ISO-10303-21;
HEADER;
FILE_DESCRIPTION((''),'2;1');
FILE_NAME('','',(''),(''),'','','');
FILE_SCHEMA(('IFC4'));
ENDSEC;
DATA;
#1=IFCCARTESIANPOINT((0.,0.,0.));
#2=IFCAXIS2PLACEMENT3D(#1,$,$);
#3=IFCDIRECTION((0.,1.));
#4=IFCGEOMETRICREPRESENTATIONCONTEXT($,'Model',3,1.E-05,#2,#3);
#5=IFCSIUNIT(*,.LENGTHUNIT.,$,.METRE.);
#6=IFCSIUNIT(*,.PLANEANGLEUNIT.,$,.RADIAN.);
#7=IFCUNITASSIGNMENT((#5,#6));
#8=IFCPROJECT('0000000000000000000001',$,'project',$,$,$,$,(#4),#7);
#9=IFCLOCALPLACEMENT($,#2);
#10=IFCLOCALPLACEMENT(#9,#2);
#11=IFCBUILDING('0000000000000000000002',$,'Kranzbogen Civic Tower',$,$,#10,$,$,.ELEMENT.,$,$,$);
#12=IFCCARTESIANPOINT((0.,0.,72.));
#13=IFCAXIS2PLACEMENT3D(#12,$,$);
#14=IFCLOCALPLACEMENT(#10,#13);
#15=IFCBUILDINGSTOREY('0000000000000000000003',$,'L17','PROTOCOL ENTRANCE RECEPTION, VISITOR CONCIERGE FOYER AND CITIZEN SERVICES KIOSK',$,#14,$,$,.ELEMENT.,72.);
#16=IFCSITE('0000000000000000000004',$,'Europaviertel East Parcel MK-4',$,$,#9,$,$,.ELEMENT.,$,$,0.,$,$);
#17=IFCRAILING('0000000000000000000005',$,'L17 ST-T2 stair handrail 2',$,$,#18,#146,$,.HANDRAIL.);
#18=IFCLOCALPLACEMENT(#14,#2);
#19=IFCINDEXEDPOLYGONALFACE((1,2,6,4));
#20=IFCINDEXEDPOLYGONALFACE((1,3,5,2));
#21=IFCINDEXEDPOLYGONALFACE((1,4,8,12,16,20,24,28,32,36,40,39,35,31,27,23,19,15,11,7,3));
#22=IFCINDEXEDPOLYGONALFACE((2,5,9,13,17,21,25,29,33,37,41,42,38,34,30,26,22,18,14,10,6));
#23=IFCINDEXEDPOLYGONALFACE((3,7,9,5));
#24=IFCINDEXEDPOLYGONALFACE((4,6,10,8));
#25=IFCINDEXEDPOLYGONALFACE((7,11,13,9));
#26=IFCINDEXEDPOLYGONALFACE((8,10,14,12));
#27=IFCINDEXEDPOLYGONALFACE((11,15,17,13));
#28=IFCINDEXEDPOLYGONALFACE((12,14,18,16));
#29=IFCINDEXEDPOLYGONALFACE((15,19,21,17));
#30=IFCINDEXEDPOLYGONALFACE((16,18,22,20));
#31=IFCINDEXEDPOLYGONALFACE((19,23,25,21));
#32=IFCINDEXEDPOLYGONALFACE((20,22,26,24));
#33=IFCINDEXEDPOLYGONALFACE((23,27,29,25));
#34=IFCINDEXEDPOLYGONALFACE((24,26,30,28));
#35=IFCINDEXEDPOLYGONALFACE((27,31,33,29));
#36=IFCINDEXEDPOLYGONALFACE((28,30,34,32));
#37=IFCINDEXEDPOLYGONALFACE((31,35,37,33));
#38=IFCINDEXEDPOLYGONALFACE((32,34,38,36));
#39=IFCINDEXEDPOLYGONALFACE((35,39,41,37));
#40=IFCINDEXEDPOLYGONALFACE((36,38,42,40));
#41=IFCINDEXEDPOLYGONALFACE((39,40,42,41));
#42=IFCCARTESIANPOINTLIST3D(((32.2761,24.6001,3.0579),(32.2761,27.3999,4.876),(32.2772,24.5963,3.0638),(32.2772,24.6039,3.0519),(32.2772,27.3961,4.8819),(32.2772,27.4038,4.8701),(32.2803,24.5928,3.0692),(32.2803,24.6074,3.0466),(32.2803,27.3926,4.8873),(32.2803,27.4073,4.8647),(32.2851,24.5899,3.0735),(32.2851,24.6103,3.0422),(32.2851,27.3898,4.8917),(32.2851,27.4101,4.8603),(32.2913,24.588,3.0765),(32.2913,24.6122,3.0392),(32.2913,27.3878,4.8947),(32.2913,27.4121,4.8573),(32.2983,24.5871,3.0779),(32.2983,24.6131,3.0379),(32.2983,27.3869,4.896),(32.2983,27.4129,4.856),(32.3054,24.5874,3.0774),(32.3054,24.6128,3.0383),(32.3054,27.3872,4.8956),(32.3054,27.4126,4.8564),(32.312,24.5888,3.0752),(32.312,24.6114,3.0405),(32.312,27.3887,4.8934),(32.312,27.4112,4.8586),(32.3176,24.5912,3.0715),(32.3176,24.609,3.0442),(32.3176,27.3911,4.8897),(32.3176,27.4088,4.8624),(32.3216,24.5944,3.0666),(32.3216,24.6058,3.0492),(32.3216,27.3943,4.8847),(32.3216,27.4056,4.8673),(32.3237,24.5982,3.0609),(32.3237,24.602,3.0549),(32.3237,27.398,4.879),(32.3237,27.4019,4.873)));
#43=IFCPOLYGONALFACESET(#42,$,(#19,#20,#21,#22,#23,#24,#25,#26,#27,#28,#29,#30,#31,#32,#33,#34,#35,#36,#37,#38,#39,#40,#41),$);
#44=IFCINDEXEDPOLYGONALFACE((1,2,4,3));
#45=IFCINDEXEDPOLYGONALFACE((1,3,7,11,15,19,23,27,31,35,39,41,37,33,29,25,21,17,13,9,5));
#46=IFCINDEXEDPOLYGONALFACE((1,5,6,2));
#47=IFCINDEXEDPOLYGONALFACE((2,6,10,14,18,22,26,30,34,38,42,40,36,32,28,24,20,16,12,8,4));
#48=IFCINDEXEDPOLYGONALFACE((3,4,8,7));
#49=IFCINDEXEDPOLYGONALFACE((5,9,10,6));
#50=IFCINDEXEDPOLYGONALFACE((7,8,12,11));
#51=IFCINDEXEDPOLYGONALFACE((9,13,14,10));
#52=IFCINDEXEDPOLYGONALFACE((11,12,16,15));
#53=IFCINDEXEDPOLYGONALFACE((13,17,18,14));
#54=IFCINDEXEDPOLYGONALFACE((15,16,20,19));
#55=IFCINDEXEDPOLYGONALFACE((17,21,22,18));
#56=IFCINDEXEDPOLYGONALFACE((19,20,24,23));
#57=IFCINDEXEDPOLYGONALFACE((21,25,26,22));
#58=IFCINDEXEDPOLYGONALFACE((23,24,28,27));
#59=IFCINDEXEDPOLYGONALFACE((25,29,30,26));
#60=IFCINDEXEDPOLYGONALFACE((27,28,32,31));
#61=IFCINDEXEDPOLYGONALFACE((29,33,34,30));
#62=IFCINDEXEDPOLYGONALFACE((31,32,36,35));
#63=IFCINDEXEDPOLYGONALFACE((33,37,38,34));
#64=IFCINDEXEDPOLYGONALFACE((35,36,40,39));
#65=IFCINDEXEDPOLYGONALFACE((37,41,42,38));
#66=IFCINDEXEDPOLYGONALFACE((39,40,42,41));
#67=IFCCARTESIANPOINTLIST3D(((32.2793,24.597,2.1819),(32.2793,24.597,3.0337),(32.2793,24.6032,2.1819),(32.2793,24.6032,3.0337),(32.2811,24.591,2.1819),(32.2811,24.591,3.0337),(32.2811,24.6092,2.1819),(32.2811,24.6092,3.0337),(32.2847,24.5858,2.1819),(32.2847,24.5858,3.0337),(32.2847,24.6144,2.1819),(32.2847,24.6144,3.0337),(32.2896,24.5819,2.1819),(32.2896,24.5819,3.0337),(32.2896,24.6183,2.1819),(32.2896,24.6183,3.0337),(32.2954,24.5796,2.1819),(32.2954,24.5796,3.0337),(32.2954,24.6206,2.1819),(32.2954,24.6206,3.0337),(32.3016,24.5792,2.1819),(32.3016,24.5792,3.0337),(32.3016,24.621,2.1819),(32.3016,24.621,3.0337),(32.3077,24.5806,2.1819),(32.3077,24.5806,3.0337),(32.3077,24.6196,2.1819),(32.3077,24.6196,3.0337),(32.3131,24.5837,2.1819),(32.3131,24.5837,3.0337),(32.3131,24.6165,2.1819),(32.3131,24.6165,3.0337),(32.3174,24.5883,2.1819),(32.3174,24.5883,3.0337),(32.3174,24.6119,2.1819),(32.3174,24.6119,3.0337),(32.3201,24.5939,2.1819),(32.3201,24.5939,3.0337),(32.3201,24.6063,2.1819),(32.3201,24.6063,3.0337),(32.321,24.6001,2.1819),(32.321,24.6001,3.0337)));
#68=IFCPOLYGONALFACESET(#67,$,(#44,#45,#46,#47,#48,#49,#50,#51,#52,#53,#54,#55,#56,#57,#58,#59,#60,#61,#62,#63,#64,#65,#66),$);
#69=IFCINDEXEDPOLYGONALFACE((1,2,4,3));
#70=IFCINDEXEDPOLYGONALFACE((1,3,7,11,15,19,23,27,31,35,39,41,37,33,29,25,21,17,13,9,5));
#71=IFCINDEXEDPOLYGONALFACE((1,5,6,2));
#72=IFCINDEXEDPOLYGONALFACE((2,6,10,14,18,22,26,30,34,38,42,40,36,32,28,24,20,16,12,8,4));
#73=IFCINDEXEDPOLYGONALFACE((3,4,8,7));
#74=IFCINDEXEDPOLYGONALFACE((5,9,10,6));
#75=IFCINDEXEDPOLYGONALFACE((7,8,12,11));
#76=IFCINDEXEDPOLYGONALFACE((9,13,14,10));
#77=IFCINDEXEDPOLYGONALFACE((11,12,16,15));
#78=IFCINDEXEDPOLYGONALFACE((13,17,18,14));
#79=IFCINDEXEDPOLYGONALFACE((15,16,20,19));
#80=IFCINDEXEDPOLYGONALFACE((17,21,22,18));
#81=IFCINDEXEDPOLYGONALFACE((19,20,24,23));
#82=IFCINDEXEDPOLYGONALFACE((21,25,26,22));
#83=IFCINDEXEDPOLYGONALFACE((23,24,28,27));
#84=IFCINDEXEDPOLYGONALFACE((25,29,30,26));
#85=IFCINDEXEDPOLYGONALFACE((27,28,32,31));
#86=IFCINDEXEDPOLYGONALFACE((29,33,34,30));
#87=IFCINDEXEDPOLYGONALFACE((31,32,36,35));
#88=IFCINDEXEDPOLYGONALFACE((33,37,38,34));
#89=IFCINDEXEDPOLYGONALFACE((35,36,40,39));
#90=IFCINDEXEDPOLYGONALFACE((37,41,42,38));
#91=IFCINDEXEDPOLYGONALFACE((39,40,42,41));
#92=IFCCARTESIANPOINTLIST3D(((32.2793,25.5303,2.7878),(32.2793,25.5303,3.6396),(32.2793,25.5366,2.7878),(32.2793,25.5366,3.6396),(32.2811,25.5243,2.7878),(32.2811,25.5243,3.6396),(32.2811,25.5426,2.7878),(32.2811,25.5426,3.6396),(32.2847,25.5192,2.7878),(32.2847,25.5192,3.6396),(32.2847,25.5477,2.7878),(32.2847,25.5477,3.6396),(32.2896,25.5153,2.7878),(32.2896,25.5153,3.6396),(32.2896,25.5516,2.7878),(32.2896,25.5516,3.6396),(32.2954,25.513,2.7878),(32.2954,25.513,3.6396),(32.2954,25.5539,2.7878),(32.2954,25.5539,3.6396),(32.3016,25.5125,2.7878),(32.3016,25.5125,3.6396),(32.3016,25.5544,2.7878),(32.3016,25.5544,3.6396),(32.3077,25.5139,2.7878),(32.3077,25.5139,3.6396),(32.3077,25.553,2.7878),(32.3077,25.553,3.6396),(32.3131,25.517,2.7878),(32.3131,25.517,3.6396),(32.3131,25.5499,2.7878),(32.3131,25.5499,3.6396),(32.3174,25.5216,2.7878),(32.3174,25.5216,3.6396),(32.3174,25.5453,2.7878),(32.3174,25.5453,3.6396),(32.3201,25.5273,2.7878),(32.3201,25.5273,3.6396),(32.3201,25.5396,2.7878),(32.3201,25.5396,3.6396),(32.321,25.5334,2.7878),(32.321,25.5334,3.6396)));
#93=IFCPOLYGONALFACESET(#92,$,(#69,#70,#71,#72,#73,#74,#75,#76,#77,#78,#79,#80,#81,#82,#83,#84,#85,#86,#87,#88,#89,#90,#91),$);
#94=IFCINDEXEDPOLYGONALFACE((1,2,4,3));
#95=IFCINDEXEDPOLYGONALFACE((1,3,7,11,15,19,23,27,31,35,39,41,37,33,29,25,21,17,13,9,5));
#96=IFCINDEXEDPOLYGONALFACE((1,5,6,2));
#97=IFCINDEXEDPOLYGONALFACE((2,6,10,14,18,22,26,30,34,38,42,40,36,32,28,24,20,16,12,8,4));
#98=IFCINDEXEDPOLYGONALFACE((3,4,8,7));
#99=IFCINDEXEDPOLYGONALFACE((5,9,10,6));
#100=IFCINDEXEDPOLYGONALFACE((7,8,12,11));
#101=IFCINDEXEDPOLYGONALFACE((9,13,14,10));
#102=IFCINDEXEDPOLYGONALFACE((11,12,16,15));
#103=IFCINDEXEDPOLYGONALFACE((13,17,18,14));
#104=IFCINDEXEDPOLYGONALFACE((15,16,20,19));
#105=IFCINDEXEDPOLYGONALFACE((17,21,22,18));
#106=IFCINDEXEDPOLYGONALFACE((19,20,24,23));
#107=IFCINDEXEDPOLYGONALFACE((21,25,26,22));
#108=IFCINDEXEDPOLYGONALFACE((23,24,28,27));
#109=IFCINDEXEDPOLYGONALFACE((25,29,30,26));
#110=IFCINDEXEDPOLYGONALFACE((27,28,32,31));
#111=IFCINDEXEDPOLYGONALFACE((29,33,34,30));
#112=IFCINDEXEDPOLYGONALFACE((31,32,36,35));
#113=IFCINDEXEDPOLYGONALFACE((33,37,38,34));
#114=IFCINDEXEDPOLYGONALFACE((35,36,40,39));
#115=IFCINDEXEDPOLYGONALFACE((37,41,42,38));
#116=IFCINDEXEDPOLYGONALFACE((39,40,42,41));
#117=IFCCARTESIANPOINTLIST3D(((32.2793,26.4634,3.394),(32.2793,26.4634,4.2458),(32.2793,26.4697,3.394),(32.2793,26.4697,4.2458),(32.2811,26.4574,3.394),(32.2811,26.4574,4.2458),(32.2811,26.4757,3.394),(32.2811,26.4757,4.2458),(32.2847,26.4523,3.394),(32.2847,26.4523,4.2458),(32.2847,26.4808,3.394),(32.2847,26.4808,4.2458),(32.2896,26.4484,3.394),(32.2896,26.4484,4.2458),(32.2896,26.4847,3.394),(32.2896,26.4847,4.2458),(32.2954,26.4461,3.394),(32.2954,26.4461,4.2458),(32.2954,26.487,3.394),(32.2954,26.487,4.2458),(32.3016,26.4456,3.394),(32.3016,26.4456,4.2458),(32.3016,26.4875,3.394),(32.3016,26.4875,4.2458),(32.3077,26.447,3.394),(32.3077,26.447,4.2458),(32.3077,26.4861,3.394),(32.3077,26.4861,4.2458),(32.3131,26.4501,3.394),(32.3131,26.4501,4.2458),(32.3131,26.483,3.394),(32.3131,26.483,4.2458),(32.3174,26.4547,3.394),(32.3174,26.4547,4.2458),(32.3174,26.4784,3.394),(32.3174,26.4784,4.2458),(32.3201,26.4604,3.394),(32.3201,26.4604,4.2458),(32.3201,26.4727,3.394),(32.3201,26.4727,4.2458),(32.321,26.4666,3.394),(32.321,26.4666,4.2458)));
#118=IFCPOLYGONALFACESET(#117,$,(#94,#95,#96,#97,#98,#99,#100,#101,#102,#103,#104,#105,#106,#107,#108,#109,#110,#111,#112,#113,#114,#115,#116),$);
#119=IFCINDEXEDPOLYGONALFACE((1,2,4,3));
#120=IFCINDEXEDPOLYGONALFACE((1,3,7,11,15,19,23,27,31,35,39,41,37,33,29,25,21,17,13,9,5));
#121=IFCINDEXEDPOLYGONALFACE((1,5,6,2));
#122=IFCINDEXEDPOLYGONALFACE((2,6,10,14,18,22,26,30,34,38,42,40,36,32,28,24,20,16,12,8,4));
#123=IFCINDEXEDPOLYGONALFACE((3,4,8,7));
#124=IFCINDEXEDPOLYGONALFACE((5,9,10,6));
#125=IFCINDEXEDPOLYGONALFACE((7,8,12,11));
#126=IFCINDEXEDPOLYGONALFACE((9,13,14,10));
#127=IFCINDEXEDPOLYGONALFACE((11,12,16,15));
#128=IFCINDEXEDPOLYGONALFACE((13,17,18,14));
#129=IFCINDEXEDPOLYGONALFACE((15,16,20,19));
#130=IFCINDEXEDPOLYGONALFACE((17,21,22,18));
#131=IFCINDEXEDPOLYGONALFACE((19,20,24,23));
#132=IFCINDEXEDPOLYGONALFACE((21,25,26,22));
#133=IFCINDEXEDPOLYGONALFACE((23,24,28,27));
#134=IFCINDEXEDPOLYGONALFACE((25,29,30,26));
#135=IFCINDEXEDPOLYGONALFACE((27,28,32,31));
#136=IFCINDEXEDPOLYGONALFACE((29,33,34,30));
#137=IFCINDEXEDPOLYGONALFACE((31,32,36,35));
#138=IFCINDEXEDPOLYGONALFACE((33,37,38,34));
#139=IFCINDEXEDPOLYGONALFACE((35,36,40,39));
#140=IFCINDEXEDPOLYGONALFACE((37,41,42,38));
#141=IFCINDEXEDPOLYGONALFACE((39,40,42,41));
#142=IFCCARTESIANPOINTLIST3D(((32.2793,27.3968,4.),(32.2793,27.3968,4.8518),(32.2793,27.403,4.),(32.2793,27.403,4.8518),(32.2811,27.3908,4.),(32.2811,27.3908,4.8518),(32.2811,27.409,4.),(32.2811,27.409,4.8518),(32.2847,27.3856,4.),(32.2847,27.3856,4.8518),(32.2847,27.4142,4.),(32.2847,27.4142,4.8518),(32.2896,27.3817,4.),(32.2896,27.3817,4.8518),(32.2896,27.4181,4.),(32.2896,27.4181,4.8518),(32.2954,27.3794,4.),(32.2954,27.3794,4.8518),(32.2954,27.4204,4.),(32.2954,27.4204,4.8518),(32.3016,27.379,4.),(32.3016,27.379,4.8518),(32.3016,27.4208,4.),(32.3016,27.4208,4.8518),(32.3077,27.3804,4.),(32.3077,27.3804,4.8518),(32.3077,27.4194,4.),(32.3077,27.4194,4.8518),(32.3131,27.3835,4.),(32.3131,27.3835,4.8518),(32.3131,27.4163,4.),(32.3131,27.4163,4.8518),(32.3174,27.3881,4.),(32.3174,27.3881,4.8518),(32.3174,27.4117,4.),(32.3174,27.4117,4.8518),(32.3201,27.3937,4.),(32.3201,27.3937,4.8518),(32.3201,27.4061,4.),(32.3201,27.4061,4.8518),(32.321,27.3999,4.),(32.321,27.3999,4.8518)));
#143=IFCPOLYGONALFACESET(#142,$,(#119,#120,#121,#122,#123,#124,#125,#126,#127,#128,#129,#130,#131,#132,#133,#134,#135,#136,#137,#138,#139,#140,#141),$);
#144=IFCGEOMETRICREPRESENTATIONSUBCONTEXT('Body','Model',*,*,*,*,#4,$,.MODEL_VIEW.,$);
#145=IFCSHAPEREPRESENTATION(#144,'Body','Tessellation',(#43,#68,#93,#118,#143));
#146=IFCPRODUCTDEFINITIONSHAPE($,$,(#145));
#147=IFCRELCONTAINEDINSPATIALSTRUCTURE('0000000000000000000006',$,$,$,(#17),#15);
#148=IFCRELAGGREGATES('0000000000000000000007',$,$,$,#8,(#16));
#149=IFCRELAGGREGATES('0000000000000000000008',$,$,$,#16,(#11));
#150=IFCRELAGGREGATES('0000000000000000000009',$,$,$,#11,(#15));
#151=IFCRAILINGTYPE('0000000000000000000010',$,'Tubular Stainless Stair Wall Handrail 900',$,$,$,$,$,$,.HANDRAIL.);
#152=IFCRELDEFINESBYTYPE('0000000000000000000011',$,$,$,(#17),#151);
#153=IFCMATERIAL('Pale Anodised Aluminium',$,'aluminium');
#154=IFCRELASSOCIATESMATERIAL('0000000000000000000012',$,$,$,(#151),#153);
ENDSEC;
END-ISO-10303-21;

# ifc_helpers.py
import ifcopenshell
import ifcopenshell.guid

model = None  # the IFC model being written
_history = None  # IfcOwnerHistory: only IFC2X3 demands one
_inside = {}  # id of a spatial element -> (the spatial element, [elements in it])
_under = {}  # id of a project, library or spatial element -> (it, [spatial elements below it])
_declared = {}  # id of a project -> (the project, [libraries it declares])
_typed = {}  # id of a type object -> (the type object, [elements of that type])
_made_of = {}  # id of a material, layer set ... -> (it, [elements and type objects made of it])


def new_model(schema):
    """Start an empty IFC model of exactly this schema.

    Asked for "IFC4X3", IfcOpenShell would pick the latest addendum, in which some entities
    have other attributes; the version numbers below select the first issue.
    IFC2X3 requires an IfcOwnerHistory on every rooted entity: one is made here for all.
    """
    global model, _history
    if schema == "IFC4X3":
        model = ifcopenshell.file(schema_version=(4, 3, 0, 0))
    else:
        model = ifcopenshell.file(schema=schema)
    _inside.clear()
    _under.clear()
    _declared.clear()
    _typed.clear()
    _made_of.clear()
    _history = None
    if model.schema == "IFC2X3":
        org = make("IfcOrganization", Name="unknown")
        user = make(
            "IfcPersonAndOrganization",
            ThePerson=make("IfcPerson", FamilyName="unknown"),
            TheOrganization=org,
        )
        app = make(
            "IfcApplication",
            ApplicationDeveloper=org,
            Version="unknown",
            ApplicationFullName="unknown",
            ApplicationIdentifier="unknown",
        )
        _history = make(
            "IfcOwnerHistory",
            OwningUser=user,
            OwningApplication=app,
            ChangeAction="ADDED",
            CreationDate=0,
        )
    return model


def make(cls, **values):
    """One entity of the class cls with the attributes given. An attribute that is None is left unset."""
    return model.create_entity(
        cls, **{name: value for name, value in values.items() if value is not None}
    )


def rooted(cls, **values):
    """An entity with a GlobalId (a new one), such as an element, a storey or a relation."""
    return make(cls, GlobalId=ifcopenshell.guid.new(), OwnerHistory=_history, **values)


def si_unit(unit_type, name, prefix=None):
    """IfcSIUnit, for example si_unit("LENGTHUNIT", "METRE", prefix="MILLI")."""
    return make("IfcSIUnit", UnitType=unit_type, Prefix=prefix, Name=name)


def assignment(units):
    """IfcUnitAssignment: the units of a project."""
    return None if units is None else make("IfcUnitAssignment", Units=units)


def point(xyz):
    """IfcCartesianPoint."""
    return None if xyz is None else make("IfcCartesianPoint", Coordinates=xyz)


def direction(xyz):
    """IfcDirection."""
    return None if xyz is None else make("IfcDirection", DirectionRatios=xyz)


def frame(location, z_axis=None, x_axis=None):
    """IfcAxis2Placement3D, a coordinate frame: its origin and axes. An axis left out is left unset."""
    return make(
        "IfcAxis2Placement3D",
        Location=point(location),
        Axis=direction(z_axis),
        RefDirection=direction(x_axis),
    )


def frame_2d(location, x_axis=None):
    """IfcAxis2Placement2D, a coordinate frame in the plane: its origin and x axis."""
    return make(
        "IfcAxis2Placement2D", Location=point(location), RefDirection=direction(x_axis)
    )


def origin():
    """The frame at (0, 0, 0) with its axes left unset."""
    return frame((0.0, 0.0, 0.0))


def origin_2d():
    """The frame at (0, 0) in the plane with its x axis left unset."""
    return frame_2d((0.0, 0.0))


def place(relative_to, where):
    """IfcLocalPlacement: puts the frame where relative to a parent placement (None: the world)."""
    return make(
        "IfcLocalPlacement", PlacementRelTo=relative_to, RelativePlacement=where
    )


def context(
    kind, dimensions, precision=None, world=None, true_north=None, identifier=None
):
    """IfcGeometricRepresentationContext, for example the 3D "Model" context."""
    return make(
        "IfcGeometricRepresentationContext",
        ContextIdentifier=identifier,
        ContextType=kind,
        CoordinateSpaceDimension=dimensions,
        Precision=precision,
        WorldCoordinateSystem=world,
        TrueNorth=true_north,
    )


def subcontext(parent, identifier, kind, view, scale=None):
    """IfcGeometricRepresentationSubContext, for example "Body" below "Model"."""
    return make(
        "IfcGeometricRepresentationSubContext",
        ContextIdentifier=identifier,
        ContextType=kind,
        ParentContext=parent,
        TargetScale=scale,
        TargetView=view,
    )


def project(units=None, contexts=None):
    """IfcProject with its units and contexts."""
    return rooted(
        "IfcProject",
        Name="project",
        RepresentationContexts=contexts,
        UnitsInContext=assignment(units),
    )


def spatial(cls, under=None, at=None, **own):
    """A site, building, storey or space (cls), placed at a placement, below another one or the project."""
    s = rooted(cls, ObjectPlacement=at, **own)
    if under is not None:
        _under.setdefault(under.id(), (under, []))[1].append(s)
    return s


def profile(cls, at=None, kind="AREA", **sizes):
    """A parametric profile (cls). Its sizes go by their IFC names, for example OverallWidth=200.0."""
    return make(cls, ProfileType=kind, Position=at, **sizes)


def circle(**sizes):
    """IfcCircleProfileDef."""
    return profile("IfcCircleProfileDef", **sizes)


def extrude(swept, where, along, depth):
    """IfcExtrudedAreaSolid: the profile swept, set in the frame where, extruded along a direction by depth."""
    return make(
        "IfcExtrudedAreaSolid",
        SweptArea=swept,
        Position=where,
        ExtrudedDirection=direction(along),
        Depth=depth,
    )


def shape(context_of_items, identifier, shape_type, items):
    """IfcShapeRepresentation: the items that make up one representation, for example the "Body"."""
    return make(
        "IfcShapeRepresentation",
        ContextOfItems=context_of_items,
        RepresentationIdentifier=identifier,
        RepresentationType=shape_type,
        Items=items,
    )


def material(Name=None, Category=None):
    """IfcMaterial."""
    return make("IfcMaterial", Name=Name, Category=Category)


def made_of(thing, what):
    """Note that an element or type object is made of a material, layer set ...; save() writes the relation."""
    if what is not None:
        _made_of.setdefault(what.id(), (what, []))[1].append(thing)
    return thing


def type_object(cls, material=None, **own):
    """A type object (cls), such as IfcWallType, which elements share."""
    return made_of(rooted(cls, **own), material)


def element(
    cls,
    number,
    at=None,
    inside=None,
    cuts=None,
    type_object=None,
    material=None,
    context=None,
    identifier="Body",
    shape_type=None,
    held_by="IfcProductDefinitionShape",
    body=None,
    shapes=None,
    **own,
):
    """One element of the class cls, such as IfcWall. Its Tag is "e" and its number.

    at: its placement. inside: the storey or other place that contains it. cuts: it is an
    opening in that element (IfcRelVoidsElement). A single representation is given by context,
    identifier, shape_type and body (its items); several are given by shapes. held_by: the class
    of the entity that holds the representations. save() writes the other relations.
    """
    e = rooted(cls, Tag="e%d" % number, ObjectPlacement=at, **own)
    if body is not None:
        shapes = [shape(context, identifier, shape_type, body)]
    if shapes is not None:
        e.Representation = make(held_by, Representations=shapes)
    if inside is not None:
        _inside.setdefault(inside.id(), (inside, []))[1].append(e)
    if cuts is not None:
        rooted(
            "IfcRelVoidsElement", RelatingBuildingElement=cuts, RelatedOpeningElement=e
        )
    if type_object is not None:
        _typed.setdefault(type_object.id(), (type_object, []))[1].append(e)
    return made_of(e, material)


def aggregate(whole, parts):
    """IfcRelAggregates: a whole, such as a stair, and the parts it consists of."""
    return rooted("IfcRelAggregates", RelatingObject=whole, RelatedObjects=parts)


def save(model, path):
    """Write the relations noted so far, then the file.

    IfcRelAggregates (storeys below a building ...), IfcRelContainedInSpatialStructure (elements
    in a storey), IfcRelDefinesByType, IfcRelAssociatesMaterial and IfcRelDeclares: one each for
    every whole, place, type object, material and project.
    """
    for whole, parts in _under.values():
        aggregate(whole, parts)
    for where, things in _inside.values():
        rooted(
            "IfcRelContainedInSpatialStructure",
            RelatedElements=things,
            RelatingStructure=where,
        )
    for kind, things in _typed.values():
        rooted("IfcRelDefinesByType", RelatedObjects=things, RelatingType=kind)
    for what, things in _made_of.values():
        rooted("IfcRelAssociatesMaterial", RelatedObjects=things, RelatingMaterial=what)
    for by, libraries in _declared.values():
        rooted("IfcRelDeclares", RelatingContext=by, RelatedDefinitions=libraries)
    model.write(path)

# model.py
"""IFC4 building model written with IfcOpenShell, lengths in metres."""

from ifc_helpers import new_model, si_unit, direction, frame, origin, origin_2d, place, context, subcontext, project, spatial, circle, extrude, material, type_object, element, save


model = new_model("IFC4")

# Units and contexts
model_context = context("Model", 3, precision=1e-05, world=origin(), true_north=direction((0.0, 1.0)))
body_context = subcontext(model_context, "Body", "Model", "MODEL_VIEW")
ifc_project = project(units=[si_unit("LENGTHUNIT", "METRE"), si_unit("PLANEANGLEUNIT", "RADIAN")], contexts=[model_context])

# Site, building, storey
site_placement = place(None, origin())
site = spatial("IfcSite", under=ifc_project, at=site_placement, Name="Europaviertel East Parcel MK-4", CompositionType="ELEMENT", RefElevation=0.0)
building_placement = place(site_placement, origin())
building = spatial("IfcBuilding", under=site, at=building_placement, Name="Kranzbogen Civic Tower", CompositionType="ELEMENT")
storey_placement = place(building_placement, frame((0.0, 0.0, 72.0)))
storey = spatial("IfcBuildingStorey", under=building, at=storey_placement, Name="L17", Description="PROTOCOL ENTRANCE RECEPTION, VISITOR CONCIERGE FOYER AND CITIZEN SERVICES KIOSK", CompositionType="ELEMENT", Elevation=72.0)

# Shared definitions
ifc_material_1 = material(Name="Pale Anodised Aluminium", Category="aluminium")

# Railing
railing_type_1 = type_object("IfcRailingType", Name="Tubular Stainless Stair Wall Handrail 900", PredefinedType="HANDRAIL", material=ifc_material_1)
railing_1_placement = place(storey_placement, frame((32.3, 24.6001, 2.1819)))
element("IfcRailing", 1, at=railing_1_placement, inside=storey, type_object=railing_type_1, Name="L17 ST-T2 stair handrail 2", PredefinedType="HANDRAIL", context=body_context, shape_type="SweptSolid", body=[
    extrude(circle(Radius=0.0239, at=origin_2d()), frame((0.0, 0.0, 0.876), z_axis=(0.0, 0.838684, 0.544618), x_axis=(-1.0, 0.0, 0.0)), (0.0, 0.0, 1.0), 3.3384),
    extrude(circle(Radius=0.021, at=origin_2d()), origin(), (0.0, 0.0, 1.0), 0.8518),
    extrude(circle(Radius=0.021, at=origin_2d()), frame((0.0, 0.9333, 0.606)), (0.0, 0.0, 1.0), 0.8518),
    extrude(circle(Radius=0.021, at=origin_2d()), frame((0.0, 1.8665, 1.2122)), (0.0, 0.0, 1.0), 0.8518),
    extrude(circle(Radius=0.021, at=origin_2d()), frame((0.0, 2.7998, 1.8181)), (0.0, 0.0, 1.0), 0.8518),
])

save(model, "model.ifc")
